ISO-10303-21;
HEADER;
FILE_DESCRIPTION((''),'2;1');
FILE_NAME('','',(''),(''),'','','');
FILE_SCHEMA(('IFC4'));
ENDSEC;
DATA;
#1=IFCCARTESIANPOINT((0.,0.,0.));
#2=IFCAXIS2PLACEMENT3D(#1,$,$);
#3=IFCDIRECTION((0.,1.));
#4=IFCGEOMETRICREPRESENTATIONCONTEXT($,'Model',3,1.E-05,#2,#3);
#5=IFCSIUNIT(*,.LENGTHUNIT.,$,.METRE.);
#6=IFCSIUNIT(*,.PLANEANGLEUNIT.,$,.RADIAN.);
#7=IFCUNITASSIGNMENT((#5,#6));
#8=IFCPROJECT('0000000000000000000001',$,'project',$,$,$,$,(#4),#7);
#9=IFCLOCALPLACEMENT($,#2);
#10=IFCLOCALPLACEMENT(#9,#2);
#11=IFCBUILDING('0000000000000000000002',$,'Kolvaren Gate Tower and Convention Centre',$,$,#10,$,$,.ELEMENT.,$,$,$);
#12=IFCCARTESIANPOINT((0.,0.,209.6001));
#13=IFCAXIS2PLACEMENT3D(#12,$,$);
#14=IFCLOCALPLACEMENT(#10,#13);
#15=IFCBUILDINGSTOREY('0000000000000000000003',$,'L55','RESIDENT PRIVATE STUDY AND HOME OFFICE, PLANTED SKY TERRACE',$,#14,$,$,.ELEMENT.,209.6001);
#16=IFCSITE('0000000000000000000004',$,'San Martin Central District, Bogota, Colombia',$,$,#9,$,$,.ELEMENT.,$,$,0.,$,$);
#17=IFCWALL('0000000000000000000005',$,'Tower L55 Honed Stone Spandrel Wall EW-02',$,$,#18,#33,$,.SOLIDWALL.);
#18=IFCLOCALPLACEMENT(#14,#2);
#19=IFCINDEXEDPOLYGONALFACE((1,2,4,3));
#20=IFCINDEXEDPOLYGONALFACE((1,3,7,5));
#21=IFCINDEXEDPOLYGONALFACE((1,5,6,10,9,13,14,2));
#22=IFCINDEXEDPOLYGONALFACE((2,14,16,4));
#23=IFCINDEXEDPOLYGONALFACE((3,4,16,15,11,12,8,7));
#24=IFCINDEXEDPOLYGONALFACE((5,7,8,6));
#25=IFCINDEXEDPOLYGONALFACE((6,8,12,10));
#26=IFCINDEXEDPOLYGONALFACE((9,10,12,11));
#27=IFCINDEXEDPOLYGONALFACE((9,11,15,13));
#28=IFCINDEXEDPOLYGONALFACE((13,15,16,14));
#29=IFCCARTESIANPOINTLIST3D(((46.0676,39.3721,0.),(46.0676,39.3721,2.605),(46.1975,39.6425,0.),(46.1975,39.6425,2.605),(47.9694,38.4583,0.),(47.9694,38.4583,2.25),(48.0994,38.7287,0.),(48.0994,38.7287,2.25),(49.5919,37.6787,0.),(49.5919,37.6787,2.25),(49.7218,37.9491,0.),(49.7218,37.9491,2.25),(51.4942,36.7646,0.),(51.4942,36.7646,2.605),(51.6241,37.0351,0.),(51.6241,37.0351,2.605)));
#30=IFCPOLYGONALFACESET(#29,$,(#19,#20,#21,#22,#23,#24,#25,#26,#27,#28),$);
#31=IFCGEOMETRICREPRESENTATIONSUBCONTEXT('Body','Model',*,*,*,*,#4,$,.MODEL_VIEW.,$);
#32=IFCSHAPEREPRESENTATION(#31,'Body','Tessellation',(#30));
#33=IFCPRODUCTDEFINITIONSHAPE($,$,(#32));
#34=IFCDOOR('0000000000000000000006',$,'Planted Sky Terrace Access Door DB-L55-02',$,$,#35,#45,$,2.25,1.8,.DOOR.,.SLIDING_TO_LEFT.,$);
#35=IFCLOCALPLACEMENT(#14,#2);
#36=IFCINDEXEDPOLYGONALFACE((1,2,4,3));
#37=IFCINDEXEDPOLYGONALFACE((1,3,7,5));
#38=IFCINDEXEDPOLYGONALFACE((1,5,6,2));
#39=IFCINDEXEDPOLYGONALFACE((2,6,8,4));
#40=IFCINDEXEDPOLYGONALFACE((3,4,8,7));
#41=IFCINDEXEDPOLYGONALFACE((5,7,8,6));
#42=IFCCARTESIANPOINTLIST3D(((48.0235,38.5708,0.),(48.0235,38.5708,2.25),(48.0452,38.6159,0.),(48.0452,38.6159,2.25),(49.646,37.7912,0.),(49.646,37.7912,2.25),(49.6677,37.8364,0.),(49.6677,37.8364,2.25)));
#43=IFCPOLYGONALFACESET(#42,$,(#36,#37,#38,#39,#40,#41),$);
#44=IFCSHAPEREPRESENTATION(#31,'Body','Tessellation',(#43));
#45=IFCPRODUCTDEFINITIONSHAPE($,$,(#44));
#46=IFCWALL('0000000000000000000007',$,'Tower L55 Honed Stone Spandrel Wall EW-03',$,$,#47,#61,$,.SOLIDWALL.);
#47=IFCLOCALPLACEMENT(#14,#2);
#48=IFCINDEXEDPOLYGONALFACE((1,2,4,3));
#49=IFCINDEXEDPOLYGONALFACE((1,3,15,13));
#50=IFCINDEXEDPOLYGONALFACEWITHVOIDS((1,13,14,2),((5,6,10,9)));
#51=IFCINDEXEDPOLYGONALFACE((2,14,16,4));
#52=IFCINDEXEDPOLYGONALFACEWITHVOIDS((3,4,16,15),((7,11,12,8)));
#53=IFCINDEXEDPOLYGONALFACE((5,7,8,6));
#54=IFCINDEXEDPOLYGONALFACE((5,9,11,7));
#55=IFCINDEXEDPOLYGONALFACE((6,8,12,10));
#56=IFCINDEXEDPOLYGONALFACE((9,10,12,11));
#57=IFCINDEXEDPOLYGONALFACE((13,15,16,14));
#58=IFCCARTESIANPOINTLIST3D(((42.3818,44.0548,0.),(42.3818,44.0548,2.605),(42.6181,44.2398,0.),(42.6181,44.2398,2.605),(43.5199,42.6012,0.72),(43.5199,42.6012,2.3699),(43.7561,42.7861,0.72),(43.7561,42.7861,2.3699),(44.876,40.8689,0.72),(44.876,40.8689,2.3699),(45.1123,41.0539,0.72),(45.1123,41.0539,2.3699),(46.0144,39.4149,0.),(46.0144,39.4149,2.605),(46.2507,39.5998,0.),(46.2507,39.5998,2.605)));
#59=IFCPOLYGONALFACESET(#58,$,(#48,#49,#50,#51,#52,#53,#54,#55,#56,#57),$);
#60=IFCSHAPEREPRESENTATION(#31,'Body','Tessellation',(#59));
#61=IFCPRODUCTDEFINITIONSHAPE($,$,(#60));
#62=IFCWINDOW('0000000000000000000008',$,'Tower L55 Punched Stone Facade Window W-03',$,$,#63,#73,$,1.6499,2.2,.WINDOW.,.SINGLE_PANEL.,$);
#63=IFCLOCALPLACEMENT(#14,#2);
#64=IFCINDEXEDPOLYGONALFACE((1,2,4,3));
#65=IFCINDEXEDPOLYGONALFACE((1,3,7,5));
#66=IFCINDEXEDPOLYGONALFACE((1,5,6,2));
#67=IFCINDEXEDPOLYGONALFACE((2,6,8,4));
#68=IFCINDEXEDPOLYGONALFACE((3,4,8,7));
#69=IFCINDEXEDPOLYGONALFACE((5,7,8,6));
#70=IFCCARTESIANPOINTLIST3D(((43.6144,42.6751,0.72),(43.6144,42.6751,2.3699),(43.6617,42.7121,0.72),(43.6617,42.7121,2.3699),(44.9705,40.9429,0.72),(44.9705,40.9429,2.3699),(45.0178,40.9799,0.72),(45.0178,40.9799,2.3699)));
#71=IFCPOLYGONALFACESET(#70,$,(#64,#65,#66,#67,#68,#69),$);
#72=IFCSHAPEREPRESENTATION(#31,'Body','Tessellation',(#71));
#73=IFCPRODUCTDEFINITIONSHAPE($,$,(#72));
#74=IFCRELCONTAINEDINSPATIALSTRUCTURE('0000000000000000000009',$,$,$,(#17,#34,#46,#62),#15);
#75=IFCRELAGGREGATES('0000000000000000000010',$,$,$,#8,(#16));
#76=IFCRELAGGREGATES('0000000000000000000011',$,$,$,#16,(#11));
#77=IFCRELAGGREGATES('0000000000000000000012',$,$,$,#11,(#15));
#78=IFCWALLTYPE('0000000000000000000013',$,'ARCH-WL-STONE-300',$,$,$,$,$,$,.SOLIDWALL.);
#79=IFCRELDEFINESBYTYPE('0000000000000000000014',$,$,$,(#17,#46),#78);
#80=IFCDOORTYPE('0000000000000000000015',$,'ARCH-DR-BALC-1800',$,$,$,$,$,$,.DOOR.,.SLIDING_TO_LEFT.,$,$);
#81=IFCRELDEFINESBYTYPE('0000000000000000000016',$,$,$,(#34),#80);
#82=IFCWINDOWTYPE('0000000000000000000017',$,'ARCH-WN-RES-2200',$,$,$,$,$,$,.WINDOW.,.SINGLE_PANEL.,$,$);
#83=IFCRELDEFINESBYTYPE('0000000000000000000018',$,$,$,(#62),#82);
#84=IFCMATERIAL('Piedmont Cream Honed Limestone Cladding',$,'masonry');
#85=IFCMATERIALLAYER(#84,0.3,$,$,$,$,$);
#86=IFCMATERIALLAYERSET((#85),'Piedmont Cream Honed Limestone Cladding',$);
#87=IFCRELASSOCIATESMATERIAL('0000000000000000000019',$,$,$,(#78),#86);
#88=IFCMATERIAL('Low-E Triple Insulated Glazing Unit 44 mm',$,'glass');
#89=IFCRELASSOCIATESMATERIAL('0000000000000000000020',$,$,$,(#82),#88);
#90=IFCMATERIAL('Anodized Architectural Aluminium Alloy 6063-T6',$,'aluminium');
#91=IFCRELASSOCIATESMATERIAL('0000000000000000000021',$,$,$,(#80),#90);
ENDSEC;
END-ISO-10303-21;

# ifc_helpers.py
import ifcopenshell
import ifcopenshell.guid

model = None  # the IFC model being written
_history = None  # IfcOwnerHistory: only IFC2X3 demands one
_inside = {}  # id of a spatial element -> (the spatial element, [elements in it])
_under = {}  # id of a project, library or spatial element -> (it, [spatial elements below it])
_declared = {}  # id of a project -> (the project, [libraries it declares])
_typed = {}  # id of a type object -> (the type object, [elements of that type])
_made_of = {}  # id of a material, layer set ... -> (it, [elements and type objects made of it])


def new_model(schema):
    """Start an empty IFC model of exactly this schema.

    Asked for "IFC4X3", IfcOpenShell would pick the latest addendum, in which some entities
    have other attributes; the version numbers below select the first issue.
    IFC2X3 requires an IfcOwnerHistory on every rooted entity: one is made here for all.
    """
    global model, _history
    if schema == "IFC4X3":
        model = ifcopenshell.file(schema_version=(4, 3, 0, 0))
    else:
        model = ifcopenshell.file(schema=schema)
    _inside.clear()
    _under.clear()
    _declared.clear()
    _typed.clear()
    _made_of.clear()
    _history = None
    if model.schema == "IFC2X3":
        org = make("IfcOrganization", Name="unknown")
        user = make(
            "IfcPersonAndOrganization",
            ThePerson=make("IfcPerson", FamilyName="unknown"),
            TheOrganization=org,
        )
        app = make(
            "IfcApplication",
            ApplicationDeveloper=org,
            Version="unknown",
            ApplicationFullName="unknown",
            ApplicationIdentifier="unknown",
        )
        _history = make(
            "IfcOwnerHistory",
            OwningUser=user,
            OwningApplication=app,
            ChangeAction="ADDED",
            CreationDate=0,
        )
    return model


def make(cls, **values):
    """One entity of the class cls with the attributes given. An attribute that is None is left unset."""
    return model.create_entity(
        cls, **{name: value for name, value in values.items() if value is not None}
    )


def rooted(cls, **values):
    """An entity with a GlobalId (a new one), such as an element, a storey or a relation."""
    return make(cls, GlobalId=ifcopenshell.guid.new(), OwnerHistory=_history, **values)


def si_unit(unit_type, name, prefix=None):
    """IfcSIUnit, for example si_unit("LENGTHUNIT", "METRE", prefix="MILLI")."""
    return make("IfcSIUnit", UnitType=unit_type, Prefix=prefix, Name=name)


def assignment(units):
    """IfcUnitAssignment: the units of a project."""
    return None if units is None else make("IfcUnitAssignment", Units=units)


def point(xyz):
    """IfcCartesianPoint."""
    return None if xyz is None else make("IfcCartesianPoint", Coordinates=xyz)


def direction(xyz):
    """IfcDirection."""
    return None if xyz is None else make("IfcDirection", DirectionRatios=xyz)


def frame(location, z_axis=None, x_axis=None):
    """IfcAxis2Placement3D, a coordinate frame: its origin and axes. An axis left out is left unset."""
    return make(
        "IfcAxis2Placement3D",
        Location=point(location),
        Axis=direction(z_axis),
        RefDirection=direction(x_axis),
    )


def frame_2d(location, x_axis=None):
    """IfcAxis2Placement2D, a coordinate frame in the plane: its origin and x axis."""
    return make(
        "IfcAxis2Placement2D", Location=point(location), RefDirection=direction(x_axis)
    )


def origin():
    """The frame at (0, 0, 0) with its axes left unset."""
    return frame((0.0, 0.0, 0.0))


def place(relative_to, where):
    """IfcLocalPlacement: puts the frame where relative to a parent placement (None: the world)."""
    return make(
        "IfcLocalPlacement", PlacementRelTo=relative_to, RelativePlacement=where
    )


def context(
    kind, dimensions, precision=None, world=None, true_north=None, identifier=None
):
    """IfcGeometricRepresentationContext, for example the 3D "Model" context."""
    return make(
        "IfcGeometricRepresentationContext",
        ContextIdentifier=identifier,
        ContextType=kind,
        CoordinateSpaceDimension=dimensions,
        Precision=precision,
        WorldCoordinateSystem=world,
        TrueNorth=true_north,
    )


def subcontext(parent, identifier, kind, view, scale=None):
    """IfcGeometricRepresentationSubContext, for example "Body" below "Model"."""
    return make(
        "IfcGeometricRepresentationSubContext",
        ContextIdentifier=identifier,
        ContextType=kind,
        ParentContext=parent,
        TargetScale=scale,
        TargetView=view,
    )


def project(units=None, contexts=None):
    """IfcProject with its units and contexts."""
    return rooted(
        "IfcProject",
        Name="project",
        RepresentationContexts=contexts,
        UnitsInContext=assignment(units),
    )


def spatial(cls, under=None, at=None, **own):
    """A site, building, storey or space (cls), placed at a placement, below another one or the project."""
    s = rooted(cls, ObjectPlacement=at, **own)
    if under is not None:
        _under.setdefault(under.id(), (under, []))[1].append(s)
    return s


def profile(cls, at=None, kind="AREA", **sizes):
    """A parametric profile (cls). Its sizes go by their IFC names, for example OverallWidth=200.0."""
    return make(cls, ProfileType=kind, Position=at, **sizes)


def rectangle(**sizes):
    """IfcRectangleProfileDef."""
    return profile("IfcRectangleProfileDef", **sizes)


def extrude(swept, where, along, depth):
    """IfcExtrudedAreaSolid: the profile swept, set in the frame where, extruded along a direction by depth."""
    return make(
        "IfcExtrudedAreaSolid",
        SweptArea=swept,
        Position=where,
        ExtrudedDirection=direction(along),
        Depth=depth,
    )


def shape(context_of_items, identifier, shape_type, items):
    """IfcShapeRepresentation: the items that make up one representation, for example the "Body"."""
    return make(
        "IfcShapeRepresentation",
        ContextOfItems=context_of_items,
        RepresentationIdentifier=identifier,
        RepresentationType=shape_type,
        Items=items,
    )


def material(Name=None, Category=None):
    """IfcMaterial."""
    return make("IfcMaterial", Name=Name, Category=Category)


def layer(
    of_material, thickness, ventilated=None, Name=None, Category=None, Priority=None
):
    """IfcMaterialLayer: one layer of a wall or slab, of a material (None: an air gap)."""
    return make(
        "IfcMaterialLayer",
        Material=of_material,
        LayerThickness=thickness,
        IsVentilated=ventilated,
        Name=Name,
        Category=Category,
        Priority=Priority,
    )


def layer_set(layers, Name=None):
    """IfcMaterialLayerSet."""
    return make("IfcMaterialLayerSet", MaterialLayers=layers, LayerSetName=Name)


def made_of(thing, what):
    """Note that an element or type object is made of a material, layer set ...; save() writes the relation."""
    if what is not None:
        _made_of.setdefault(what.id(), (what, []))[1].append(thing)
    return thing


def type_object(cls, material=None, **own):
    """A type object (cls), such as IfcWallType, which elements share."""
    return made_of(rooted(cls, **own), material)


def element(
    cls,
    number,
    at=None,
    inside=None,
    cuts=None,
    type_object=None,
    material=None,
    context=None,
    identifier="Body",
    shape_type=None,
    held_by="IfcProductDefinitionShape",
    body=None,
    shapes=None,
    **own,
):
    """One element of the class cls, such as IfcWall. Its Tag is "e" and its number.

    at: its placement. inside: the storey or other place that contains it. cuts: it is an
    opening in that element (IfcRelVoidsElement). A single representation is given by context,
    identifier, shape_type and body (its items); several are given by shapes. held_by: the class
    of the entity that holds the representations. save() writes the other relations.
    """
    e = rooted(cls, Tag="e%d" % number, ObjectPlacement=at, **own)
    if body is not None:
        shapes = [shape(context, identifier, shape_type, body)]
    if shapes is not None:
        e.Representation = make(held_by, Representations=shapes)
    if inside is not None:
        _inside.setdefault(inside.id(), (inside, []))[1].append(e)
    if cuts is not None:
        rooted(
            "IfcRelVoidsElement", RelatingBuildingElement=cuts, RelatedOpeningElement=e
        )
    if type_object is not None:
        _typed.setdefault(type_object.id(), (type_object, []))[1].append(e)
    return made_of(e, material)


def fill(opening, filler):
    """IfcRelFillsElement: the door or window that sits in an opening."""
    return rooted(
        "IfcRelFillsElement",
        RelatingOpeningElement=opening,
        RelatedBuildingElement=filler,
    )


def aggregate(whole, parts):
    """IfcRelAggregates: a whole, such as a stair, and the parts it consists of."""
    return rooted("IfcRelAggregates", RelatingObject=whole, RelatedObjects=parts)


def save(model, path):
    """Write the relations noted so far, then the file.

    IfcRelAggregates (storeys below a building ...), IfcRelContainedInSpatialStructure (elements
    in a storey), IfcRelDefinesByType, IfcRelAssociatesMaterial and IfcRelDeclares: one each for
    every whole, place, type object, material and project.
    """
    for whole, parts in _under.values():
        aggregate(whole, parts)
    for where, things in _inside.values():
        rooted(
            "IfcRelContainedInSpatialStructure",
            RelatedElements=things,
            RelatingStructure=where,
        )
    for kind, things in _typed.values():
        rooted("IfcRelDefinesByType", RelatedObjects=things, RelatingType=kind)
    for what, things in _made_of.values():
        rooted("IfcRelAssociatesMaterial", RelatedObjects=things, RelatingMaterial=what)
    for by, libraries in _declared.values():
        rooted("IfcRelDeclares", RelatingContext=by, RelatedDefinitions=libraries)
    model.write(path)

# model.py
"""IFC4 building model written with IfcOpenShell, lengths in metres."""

from ifc_helpers import new_model, si_unit, direction, frame, frame_2d, origin, place, context, subcontext, project, spatial, rectangle, extrude, material, layer, layer_set, type_object, element, fill, save


model = new_model("IFC4")

# Units and contexts
model_context = context("Model", 3, precision=1e-05, world=origin(), true_north=direction((0.0, 1.0)))
body_context = subcontext(model_context, "Body", "Model", "MODEL_VIEW")
ifc_project = project(units=[si_unit("LENGTHUNIT", "METRE"), si_unit("PLANEANGLEUNIT", "RADIAN")], contexts=[model_context])

# Site, building, storey
site_placement = place(None, origin())
site = spatial("IfcSite", under=ifc_project, at=site_placement, Name="San Martin Central District, Bogota, Colombia", CompositionType="ELEMENT", RefElevation=0.0)
building_placement = place(site_placement, origin())
building = spatial("IfcBuilding", under=site, at=building_placement, Name="Kolvaren Gate Tower and Convention Centre", CompositionType="ELEMENT")
storey_placement = place(building_placement, frame((0.0, 0.0, 209.6001)))
storey = spatial("IfcBuildingStorey", under=building, at=storey_placement, Name="L55", Description="RESIDENT PRIVATE STUDY AND HOME OFFICE, PLANTED SKY TERRACE", CompositionType="ELEMENT", Elevation=209.6001)

# Shared definitions
ifc_material_1 = material(Name="Piedmont Cream Honed Limestone Cladding", Category="masonry")

# Shared definitions
ifc_layer_1 = layer(ifc_material_1, 0.3)
ifc_layer_set_1 = layer_set([ifc_layer_1], Name="Piedmont Cream Honed Limestone Cladding")
wall_type_1 = type_object("IfcWallType", Name="ARCH-WL-STONE-300", PredefinedType="SOLIDWALL", material=ifc_layer_set_1)
ifc_material_2 = material(Name="Low-E Triple Insulated Glazing Unit 44 mm", Category="glass")
window_type_1 = type_object("IfcWindowType", Name="ARCH-WN-RES-2200", PartitioningType="SINGLE_PANEL", PredefinedType="WINDOW", material=ifc_material_2)

# Wall, opening, door
wall_1_placement = place(storey_placement, frame((46.1326, 39.5073, 0.0), z_axis=(0.0, 0.0, 1.0), x_axis=(0.901348, -0.433095, 0.0)))
wall_1 = element("IfcWall", 1, at=wall_1_placement, inside=storey, type_object=wall_type_1, Name="Tower L55 Honed Stone Spandrel Wall EW-02", PredefinedType="SOLIDWALL", context=body_context, shape_type="SweptSolid", body=[
    extrude(rectangle(XDim=6.0205, YDim=0.3, at=frame_2d((3.0103, 0.0))), origin(), (0.0, 0.0, 1.0), 2.605),
])
opening_1_placement = place(wall_1_placement, frame((2.1101, 0.0, 0.0)))
opening_1 = element("IfcOpeningElement", 2, at=opening_1_placement, cuts=wall_1, PredefinedType="OPENING", context=body_context, shape_type="SweptSolid", body=[
    extrude(rectangle(XDim=1.8, YDim=2.25, at=frame_2d((0.8999, 1.125))), frame((0.0, 0.1599, 0.0), z_axis=(0.0, -1.0, 0.0), x_axis=(1.0, 0.0, 0.0)), (0.0, 0.0, 1.0), 0.3201),
])
ifc_material_3 = material(Name="Anodized Architectural Aluminium Alloy 6063-T6", Category="aluminium")
door_type = type_object("IfcDoorType", Name="ARCH-DR-BALC-1800", OperationType="SLIDING_TO_LEFT", PredefinedType="DOOR", material=ifc_material_3)
door_placement = place(opening_1_placement, origin())
door = element("IfcDoor", 3, at=door_placement, inside=storey, type_object=door_type, Name="Planted Sky Terrace Access Door DB-L55-02", OperationType="SLIDING_TO_LEFT", OverallHeight=2.25, OverallWidth=1.8, PredefinedType="DOOR", context=body_context, shape_type="SweptSolid", body=[
    extrude(rectangle(XDim=1.8, YDim=2.25, at=frame_2d((0.8999, 1.125))), frame((0.0, 0.0249, 0.0), z_axis=(0.0, -1.0, 0.0), x_axis=(1.0, 0.0, 0.0)), (0.0, 0.0, 1.0), 0.05),
])
fill(opening_1, door)

# Wall, opening, window
wall_2_placement = place(storey_placement, frame((42.5, 44.1472, 0.0), z_axis=(0.0, 0.0, 1.0), x_axis=(0.61645, -0.787394, 0.0)))
wall_2 = element("IfcWall", 4, at=wall_2_placement, inside=storey, type_object=wall_type_1, Name="Tower L55 Honed Stone Spandrel Wall EW-03", PredefinedType="SOLIDWALL", context=body_context, shape_type="SweptSolid", body=[
    extrude(rectangle(XDim=5.8928, YDim=0.3, at=frame_2d((2.9463, 0.0))), origin(), (0.0, 0.0, 1.0), 2.605),
])
opening_2_placement = place(wall_2_placement, frame((1.8459, 0.0, 0.72)))
opening_2 = element("IfcOpeningElement", 5, at=opening_2_placement, cuts=wall_2, PredefinedType="OPENING", context=body_context, shape_type="SweptSolid", body=[
    extrude(rectangle(XDim=2.2, YDim=1.6499, at=frame_2d((1.1001, 0.825))), frame((0.0, 0.1599, 0.0), z_axis=(0.0, -1.0, 0.0), x_axis=(1.0, 0.0, 0.0)), (0.0, 0.0, 1.0), 0.3201),
])
window_1_placement = place(opening_2_placement, origin())
window_1 = element("IfcWindow", 6, at=window_1_placement, inside=storey, type_object=window_type_1, Name="Tower L55 Punched Stone Facade Window W-03", OverallHeight=1.6499, OverallWidth=2.2, PartitioningType="SINGLE_PANEL", PredefinedType="WINDOW", context=body_context, shape_type="SweptSolid", body=[
    extrude(rectangle(XDim=2.2, YDim=1.6499, at=frame_2d((1.1001, 0.825))), frame((0.0, 0.03, 0.0), z_axis=(0.0, -1.0, 0.0), x_axis=(1.0, 0.0, 0.0)), (0.0, 0.0, 1.0), 0.0601),
])
fill(opening_2, window_1)

save(model, "model.ifc")
